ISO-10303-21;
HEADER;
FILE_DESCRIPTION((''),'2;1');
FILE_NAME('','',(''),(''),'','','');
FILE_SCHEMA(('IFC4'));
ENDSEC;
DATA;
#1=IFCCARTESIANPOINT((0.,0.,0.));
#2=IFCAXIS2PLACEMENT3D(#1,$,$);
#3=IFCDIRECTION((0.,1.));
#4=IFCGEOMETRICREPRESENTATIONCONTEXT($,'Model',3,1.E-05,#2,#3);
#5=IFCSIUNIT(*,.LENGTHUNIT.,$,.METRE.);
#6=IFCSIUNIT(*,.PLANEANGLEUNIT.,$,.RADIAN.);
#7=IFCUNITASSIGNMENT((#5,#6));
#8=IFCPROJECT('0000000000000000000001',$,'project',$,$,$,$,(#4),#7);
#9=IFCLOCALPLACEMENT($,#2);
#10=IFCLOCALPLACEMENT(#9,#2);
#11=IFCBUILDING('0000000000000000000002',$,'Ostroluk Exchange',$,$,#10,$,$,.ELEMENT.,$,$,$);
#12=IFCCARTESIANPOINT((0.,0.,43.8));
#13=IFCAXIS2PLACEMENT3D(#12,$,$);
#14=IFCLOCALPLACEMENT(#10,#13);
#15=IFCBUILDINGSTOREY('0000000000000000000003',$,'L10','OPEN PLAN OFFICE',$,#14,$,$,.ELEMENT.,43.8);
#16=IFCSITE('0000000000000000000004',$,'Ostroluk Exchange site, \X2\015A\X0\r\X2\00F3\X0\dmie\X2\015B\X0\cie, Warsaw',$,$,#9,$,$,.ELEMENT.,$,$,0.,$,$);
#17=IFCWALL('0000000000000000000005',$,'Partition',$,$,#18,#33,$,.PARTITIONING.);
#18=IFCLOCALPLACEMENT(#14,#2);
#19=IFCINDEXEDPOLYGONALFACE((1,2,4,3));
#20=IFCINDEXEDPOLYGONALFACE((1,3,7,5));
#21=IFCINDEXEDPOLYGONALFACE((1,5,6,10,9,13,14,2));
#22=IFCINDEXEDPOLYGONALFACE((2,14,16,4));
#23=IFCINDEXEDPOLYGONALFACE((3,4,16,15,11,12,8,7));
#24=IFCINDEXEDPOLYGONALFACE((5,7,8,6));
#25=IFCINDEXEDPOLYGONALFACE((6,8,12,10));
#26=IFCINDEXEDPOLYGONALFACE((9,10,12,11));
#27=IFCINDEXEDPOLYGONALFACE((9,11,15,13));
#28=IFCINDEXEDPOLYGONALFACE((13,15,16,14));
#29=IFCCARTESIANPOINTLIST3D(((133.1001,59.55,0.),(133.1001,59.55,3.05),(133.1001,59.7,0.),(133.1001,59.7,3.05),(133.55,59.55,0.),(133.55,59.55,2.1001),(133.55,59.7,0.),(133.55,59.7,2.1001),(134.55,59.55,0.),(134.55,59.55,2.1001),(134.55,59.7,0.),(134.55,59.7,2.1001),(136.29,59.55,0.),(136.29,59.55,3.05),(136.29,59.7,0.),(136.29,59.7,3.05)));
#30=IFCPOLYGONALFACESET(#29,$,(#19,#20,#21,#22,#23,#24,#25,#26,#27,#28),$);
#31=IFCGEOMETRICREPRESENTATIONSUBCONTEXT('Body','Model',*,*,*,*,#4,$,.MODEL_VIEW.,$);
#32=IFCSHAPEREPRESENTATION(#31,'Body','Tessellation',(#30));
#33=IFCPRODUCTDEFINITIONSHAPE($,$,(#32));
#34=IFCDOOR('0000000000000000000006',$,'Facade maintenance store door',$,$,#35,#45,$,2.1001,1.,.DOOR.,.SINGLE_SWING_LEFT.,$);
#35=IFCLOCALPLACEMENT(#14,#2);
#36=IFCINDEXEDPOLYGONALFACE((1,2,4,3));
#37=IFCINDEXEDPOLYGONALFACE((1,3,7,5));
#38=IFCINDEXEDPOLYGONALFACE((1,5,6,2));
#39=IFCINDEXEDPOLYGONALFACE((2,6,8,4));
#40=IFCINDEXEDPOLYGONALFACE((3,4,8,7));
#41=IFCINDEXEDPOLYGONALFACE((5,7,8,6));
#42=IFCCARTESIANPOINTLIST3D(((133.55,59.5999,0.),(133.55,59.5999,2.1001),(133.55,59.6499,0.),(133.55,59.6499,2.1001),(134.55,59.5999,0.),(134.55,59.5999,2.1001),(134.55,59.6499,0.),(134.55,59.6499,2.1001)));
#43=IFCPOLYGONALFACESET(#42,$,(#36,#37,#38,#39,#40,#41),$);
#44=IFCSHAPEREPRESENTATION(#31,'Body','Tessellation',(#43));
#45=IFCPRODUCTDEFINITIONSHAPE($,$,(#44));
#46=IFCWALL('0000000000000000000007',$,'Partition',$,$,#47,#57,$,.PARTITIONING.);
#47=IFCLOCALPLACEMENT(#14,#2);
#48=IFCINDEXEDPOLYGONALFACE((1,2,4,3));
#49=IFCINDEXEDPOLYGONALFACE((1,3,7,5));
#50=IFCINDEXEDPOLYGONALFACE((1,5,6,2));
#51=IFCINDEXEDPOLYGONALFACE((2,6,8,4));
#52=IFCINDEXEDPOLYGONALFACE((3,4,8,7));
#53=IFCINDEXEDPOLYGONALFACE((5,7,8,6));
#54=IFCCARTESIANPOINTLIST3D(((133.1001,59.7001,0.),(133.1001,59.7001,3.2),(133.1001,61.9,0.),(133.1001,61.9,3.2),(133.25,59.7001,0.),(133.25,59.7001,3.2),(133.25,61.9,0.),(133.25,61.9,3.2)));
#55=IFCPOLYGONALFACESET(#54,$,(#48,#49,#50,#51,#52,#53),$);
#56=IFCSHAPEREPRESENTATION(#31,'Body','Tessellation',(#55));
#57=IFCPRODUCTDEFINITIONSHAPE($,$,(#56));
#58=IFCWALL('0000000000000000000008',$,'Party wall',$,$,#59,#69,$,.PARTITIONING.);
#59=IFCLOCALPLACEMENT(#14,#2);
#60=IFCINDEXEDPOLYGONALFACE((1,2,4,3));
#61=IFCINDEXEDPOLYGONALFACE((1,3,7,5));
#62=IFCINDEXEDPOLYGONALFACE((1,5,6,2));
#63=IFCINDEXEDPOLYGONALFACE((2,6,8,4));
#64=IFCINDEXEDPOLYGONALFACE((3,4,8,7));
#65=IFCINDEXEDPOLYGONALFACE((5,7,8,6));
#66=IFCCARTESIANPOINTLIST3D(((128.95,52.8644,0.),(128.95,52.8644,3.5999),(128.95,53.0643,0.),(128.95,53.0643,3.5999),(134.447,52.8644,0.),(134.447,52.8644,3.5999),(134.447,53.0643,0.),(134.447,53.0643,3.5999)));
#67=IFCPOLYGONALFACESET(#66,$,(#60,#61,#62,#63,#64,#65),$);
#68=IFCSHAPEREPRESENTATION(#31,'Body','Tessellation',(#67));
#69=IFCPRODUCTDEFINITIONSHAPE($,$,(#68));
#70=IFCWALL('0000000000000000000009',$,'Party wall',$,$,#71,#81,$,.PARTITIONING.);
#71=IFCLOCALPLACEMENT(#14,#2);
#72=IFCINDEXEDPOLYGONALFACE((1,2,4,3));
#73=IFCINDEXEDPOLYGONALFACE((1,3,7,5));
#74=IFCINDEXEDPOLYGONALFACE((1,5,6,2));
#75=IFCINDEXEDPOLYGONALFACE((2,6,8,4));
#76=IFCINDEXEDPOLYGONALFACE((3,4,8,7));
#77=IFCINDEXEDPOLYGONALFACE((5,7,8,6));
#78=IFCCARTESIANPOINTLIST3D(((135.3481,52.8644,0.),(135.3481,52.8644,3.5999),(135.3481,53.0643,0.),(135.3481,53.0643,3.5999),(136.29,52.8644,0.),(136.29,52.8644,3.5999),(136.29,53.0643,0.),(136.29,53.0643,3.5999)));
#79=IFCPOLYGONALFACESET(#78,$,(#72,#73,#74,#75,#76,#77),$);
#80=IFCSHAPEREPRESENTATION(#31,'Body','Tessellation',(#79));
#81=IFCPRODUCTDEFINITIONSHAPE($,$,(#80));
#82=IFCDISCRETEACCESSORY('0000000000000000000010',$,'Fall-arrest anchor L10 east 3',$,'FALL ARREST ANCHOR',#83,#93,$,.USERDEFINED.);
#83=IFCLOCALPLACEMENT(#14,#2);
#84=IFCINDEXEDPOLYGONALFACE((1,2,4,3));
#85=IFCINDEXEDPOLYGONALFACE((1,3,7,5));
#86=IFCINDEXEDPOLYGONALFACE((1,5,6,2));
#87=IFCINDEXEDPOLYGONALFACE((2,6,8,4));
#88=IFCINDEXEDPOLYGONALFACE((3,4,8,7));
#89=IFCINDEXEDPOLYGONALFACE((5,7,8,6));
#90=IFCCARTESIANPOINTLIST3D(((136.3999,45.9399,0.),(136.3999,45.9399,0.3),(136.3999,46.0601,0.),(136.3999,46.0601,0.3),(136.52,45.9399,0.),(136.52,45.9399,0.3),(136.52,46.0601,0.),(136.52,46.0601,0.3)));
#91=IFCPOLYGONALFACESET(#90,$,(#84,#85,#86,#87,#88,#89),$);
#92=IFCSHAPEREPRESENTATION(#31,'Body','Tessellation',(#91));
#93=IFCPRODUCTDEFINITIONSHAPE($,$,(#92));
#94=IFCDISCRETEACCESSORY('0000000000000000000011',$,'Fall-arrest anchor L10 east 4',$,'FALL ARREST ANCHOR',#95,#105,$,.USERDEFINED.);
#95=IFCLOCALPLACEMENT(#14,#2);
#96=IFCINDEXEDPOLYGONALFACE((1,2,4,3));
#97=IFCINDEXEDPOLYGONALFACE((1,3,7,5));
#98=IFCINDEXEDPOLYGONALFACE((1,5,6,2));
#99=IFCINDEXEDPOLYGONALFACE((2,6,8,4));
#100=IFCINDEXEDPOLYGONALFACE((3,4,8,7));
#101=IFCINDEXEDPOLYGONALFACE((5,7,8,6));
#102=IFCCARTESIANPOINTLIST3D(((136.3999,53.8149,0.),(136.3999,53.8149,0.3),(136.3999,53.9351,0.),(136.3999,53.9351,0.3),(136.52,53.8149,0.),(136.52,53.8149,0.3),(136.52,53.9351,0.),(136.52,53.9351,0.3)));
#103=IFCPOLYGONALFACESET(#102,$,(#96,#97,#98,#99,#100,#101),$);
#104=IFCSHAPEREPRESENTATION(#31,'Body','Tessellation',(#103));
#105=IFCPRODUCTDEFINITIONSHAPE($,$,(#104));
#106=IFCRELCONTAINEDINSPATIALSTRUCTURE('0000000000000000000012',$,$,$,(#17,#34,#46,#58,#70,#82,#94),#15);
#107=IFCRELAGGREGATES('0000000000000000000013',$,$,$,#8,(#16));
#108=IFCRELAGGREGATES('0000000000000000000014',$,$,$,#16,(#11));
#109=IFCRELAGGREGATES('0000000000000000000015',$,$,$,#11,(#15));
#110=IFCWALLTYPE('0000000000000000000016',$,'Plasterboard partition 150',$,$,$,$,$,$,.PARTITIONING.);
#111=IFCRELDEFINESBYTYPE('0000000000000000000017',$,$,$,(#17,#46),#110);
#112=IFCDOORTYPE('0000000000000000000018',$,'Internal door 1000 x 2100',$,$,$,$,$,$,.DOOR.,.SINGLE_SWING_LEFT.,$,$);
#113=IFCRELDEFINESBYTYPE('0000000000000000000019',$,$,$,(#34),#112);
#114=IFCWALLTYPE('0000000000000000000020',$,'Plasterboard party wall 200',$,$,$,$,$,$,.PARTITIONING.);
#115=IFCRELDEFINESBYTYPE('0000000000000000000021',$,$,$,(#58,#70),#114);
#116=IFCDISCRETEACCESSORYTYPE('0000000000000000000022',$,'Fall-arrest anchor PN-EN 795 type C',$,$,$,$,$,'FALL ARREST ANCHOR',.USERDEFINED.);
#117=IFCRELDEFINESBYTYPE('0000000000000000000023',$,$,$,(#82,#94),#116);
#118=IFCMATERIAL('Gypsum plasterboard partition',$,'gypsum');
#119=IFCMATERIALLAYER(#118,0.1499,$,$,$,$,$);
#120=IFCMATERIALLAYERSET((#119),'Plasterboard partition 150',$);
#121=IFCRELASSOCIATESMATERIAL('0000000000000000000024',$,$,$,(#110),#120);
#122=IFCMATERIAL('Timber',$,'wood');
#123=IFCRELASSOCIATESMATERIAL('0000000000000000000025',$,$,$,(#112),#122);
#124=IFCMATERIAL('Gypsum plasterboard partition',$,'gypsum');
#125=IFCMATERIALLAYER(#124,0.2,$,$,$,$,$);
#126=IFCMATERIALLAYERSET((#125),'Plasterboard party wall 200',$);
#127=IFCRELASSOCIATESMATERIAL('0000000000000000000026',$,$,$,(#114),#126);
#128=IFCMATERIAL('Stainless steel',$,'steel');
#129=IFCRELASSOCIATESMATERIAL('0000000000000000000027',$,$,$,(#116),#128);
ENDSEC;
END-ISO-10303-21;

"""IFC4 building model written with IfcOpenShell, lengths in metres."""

from ifc_helpers import new_model, si_unit, direction, frame, frame_2d, origin, origin_2d, place, context, subcontext, project, spatial, rectangle, extrude, material, layer, layer_set, type_object, element, fill, save


model = new_model("IFC4")

# Units and contexts
model_context = context("Model", 3, precision=1e-05, world=origin(), true_north=direction((0.0, 1.0)))
body_context = subcontext(model_context, "Body", "Model", "MODEL_VIEW")
ifc_project = project(units=[si_unit("LENGTHUNIT", "METRE"), si_unit("PLANEANGLEUNIT", "RADIAN")], contexts=[model_context])

# Site, building, storey
site_placement = place(None, origin())
site = spatial("IfcSite", under=ifc_project, at=site_placement, Name="Ostroluk Exchange site, Śródmieście, Warsaw", CompositionType="ELEMENT", RefElevation=0.0)
building_placement = place(site_placement, origin())
building = spatial("IfcBuilding", under=site, at=building_placement, Name="Ostroluk Exchange", CompositionType="ELEMENT")
storey_placement = place(building_placement, frame((0.0, 0.0, 43.8)))
storey = spatial("IfcBuildingStorey", under=building, at=storey_placement, Name="L10", Description="OPEN PLAN OFFICE", CompositionType="ELEMENT", Elevation=43.8)

# Shared definitions
ifc_material_1 = material(Name="Gypsum plasterboard partition", Category="gypsum")
ifc_layer_1 = layer(ifc_material_1, 0.1499)
ifc_layer_set_1 = layer_set([ifc_layer_1], Name="Plasterboard partition 150")
wall_type_1 = type_object("IfcWallType", Name="Plasterboard partition 150", PredefinedType="PARTITIONING", material=ifc_layer_set_1)
ifc_material_2 = material(Name="Timber", Category="wood")
door_type_1 = type_object("IfcDoorType", Name="Internal door 1000 x 2100", OperationType="SINGLE_SWING_LEFT", PredefinedType="DOOR", material=ifc_material_2)

# Wall, opening, door
wall_1_placement = place(storey_placement, frame((133.1001, 59.625, 0.0), z_axis=(0.0, 0.0, 1.0), x_axis=(1.0, 0.0, 0.0)))
wall_1 = element("IfcWall", 1, at=wall_1_placement, inside=storey, type_object=wall_type_1, Name="Partition", PredefinedType="PARTITIONING", context=body_context, shape_type="SweptSolid", body=[
    extrude(rectangle(XDim=3.1899, YDim=0.1499, at=frame_2d((1.595, 0.0))), origin(), (0.0, 0.0, 1.0), 3.05),
])
opening_1_placement = place(wall_1_placement, frame((0.45, 0.0, 0.0)))
opening_1 = element("IfcOpeningElement", 2, at=opening_1_placement, cuts=wall_1, PredefinedType="OPENING", context=body_context, shape_type="SweptSolid", body=[
    extrude(rectangle(XDim=1.0, YDim=2.1001, at=frame_2d((0.5, 1.05))), frame((0.0, 0.085, 0.0), z_axis=(0.0, -1.0, 0.0), x_axis=(1.0, 0.0, 0.0)), (0.0, 0.0, 1.0), 0.1699),
])
door_1_placement = place(opening_1_placement, origin())
door_1 = element("IfcDoor", 3, at=door_1_placement, inside=storey, type_object=door_type_1, Name="Facade maintenance store door", OperationType="SINGLE_SWING_LEFT", OverallHeight=2.1001, OverallWidth=1.0, PredefinedType="DOOR", context=body_context, shape_type="SweptSolid", body=[
    extrude(rectangle(XDim=1.0, YDim=2.1001, at=frame_2d((0.5, 1.05))), frame((0.0, 0.0249, 0.0), z_axis=(0.0, -1.0, 0.0), x_axis=(1.0, 0.0, 0.0)), (0.0, 0.0, 1.0), 0.05),
])
fill(opening_1, door_1)

# Walls
wall_2_placement = place(storey_placement, frame((133.175, 59.7, 0.0), z_axis=(0.0, 0.0, 1.0), x_axis=(0.0, 1.0, 0.0)))
element("IfcWall", 4, at=wall_2_placement, inside=storey, type_object=wall_type_1, Name="Partition", PredefinedType="PARTITIONING", context=body_context, shape_type="SweptSolid", body=[
    extrude(rectangle(XDim=2.2, YDim=0.1499, at=frame_2d((1.1001, 0.0))), origin(), (0.0, 0.0, 1.0), 3.2),
])
ifc_material_3 = material(Name="Gypsum plasterboard partition", Category="gypsum")
ifc_layer_2 = layer(ifc_material_3, 0.2)
ifc_layer_set_2 = layer_set([ifc_layer_2], Name="Plasterboard party wall 200")
wall_type_2 = type_object("IfcWallType", Name="Plasterboard party wall 200", PredefinedType="PARTITIONING", material=ifc_layer_set_2)
wall_3_placement = place(storey_placement, frame((128.95, 52.9644, 0.0), z_axis=(0.0, 0.0, 1.0), x_axis=(1.0, 0.0, 0.0)))
element("IfcWall", 5, at=wall_3_placement, inside=storey, type_object=wall_type_2, Name="Party wall", PredefinedType="PARTITIONING", context=body_context, shape_type="SweptSolid", body=[
    extrude(rectangle(XDim=5.4971, YDim=0.2, at=frame_2d((2.7485, 0.0))), origin(), (0.0, 0.0, 1.0), 3.5999),
])
wall_4_placement = place(storey_placement, frame((135.3481, 52.9644, 0.0), z_axis=(0.0, 0.0, 1.0), x_axis=(1.0, 0.0, 0.0)))
element("IfcWall", 6, at=wall_4_placement, inside=storey, type_object=wall_type_2, Name="Party wall", PredefinedType="PARTITIONING", context=body_context, shape_type="SweptSolid", body=[
    extrude(rectangle(XDim=0.9419, YDim=0.2, at=frame_2d((0.4709, 0.0))), origin(), (0.0, 0.0, 1.0), 3.5999),
])

# Discrete accessories
ifc_material_4 = material(Name="Stainless steel", Category="steel")
discrete_accessory_type = type_object("IfcDiscreteAccessoryType", Name="Fall-arrest anchor PN-EN 795 type C", ElementType="FALL ARREST ANCHOR", PredefinedType="USERDEFINED", material=ifc_material_4)
for number, where, z_axis, x_axis, name in (
    (7, (136.46, 46.0, 0.0), (0.0, 0.0, 1.0), (1.0, 0.0, 0.0), "Fall-arrest anchor L10 east 3"),
    (8, (136.46, 53.875, 0.0), (0.0, 0.0, 1.0), (1.0, 0.0, 0.0), "Fall-arrest anchor L10 east 4"),
):
    element("IfcDiscreteAccessory", number, at=place(storey_placement, frame(where, z_axis=z_axis, x_axis=x_axis)), inside=storey, type_object=discrete_accessory_type, Name=name, ObjectType="FALL ARREST ANCHOR", PredefinedType="USERDEFINED", context=body_context, shape_type="SweptSolid", body=[
        extrude(rectangle(XDim=0.1201, YDim=0.1201, at=origin_2d()), origin(), (0.0, 0.0, 1.0), 0.3),
    ])

save(model, "model.ifc")
